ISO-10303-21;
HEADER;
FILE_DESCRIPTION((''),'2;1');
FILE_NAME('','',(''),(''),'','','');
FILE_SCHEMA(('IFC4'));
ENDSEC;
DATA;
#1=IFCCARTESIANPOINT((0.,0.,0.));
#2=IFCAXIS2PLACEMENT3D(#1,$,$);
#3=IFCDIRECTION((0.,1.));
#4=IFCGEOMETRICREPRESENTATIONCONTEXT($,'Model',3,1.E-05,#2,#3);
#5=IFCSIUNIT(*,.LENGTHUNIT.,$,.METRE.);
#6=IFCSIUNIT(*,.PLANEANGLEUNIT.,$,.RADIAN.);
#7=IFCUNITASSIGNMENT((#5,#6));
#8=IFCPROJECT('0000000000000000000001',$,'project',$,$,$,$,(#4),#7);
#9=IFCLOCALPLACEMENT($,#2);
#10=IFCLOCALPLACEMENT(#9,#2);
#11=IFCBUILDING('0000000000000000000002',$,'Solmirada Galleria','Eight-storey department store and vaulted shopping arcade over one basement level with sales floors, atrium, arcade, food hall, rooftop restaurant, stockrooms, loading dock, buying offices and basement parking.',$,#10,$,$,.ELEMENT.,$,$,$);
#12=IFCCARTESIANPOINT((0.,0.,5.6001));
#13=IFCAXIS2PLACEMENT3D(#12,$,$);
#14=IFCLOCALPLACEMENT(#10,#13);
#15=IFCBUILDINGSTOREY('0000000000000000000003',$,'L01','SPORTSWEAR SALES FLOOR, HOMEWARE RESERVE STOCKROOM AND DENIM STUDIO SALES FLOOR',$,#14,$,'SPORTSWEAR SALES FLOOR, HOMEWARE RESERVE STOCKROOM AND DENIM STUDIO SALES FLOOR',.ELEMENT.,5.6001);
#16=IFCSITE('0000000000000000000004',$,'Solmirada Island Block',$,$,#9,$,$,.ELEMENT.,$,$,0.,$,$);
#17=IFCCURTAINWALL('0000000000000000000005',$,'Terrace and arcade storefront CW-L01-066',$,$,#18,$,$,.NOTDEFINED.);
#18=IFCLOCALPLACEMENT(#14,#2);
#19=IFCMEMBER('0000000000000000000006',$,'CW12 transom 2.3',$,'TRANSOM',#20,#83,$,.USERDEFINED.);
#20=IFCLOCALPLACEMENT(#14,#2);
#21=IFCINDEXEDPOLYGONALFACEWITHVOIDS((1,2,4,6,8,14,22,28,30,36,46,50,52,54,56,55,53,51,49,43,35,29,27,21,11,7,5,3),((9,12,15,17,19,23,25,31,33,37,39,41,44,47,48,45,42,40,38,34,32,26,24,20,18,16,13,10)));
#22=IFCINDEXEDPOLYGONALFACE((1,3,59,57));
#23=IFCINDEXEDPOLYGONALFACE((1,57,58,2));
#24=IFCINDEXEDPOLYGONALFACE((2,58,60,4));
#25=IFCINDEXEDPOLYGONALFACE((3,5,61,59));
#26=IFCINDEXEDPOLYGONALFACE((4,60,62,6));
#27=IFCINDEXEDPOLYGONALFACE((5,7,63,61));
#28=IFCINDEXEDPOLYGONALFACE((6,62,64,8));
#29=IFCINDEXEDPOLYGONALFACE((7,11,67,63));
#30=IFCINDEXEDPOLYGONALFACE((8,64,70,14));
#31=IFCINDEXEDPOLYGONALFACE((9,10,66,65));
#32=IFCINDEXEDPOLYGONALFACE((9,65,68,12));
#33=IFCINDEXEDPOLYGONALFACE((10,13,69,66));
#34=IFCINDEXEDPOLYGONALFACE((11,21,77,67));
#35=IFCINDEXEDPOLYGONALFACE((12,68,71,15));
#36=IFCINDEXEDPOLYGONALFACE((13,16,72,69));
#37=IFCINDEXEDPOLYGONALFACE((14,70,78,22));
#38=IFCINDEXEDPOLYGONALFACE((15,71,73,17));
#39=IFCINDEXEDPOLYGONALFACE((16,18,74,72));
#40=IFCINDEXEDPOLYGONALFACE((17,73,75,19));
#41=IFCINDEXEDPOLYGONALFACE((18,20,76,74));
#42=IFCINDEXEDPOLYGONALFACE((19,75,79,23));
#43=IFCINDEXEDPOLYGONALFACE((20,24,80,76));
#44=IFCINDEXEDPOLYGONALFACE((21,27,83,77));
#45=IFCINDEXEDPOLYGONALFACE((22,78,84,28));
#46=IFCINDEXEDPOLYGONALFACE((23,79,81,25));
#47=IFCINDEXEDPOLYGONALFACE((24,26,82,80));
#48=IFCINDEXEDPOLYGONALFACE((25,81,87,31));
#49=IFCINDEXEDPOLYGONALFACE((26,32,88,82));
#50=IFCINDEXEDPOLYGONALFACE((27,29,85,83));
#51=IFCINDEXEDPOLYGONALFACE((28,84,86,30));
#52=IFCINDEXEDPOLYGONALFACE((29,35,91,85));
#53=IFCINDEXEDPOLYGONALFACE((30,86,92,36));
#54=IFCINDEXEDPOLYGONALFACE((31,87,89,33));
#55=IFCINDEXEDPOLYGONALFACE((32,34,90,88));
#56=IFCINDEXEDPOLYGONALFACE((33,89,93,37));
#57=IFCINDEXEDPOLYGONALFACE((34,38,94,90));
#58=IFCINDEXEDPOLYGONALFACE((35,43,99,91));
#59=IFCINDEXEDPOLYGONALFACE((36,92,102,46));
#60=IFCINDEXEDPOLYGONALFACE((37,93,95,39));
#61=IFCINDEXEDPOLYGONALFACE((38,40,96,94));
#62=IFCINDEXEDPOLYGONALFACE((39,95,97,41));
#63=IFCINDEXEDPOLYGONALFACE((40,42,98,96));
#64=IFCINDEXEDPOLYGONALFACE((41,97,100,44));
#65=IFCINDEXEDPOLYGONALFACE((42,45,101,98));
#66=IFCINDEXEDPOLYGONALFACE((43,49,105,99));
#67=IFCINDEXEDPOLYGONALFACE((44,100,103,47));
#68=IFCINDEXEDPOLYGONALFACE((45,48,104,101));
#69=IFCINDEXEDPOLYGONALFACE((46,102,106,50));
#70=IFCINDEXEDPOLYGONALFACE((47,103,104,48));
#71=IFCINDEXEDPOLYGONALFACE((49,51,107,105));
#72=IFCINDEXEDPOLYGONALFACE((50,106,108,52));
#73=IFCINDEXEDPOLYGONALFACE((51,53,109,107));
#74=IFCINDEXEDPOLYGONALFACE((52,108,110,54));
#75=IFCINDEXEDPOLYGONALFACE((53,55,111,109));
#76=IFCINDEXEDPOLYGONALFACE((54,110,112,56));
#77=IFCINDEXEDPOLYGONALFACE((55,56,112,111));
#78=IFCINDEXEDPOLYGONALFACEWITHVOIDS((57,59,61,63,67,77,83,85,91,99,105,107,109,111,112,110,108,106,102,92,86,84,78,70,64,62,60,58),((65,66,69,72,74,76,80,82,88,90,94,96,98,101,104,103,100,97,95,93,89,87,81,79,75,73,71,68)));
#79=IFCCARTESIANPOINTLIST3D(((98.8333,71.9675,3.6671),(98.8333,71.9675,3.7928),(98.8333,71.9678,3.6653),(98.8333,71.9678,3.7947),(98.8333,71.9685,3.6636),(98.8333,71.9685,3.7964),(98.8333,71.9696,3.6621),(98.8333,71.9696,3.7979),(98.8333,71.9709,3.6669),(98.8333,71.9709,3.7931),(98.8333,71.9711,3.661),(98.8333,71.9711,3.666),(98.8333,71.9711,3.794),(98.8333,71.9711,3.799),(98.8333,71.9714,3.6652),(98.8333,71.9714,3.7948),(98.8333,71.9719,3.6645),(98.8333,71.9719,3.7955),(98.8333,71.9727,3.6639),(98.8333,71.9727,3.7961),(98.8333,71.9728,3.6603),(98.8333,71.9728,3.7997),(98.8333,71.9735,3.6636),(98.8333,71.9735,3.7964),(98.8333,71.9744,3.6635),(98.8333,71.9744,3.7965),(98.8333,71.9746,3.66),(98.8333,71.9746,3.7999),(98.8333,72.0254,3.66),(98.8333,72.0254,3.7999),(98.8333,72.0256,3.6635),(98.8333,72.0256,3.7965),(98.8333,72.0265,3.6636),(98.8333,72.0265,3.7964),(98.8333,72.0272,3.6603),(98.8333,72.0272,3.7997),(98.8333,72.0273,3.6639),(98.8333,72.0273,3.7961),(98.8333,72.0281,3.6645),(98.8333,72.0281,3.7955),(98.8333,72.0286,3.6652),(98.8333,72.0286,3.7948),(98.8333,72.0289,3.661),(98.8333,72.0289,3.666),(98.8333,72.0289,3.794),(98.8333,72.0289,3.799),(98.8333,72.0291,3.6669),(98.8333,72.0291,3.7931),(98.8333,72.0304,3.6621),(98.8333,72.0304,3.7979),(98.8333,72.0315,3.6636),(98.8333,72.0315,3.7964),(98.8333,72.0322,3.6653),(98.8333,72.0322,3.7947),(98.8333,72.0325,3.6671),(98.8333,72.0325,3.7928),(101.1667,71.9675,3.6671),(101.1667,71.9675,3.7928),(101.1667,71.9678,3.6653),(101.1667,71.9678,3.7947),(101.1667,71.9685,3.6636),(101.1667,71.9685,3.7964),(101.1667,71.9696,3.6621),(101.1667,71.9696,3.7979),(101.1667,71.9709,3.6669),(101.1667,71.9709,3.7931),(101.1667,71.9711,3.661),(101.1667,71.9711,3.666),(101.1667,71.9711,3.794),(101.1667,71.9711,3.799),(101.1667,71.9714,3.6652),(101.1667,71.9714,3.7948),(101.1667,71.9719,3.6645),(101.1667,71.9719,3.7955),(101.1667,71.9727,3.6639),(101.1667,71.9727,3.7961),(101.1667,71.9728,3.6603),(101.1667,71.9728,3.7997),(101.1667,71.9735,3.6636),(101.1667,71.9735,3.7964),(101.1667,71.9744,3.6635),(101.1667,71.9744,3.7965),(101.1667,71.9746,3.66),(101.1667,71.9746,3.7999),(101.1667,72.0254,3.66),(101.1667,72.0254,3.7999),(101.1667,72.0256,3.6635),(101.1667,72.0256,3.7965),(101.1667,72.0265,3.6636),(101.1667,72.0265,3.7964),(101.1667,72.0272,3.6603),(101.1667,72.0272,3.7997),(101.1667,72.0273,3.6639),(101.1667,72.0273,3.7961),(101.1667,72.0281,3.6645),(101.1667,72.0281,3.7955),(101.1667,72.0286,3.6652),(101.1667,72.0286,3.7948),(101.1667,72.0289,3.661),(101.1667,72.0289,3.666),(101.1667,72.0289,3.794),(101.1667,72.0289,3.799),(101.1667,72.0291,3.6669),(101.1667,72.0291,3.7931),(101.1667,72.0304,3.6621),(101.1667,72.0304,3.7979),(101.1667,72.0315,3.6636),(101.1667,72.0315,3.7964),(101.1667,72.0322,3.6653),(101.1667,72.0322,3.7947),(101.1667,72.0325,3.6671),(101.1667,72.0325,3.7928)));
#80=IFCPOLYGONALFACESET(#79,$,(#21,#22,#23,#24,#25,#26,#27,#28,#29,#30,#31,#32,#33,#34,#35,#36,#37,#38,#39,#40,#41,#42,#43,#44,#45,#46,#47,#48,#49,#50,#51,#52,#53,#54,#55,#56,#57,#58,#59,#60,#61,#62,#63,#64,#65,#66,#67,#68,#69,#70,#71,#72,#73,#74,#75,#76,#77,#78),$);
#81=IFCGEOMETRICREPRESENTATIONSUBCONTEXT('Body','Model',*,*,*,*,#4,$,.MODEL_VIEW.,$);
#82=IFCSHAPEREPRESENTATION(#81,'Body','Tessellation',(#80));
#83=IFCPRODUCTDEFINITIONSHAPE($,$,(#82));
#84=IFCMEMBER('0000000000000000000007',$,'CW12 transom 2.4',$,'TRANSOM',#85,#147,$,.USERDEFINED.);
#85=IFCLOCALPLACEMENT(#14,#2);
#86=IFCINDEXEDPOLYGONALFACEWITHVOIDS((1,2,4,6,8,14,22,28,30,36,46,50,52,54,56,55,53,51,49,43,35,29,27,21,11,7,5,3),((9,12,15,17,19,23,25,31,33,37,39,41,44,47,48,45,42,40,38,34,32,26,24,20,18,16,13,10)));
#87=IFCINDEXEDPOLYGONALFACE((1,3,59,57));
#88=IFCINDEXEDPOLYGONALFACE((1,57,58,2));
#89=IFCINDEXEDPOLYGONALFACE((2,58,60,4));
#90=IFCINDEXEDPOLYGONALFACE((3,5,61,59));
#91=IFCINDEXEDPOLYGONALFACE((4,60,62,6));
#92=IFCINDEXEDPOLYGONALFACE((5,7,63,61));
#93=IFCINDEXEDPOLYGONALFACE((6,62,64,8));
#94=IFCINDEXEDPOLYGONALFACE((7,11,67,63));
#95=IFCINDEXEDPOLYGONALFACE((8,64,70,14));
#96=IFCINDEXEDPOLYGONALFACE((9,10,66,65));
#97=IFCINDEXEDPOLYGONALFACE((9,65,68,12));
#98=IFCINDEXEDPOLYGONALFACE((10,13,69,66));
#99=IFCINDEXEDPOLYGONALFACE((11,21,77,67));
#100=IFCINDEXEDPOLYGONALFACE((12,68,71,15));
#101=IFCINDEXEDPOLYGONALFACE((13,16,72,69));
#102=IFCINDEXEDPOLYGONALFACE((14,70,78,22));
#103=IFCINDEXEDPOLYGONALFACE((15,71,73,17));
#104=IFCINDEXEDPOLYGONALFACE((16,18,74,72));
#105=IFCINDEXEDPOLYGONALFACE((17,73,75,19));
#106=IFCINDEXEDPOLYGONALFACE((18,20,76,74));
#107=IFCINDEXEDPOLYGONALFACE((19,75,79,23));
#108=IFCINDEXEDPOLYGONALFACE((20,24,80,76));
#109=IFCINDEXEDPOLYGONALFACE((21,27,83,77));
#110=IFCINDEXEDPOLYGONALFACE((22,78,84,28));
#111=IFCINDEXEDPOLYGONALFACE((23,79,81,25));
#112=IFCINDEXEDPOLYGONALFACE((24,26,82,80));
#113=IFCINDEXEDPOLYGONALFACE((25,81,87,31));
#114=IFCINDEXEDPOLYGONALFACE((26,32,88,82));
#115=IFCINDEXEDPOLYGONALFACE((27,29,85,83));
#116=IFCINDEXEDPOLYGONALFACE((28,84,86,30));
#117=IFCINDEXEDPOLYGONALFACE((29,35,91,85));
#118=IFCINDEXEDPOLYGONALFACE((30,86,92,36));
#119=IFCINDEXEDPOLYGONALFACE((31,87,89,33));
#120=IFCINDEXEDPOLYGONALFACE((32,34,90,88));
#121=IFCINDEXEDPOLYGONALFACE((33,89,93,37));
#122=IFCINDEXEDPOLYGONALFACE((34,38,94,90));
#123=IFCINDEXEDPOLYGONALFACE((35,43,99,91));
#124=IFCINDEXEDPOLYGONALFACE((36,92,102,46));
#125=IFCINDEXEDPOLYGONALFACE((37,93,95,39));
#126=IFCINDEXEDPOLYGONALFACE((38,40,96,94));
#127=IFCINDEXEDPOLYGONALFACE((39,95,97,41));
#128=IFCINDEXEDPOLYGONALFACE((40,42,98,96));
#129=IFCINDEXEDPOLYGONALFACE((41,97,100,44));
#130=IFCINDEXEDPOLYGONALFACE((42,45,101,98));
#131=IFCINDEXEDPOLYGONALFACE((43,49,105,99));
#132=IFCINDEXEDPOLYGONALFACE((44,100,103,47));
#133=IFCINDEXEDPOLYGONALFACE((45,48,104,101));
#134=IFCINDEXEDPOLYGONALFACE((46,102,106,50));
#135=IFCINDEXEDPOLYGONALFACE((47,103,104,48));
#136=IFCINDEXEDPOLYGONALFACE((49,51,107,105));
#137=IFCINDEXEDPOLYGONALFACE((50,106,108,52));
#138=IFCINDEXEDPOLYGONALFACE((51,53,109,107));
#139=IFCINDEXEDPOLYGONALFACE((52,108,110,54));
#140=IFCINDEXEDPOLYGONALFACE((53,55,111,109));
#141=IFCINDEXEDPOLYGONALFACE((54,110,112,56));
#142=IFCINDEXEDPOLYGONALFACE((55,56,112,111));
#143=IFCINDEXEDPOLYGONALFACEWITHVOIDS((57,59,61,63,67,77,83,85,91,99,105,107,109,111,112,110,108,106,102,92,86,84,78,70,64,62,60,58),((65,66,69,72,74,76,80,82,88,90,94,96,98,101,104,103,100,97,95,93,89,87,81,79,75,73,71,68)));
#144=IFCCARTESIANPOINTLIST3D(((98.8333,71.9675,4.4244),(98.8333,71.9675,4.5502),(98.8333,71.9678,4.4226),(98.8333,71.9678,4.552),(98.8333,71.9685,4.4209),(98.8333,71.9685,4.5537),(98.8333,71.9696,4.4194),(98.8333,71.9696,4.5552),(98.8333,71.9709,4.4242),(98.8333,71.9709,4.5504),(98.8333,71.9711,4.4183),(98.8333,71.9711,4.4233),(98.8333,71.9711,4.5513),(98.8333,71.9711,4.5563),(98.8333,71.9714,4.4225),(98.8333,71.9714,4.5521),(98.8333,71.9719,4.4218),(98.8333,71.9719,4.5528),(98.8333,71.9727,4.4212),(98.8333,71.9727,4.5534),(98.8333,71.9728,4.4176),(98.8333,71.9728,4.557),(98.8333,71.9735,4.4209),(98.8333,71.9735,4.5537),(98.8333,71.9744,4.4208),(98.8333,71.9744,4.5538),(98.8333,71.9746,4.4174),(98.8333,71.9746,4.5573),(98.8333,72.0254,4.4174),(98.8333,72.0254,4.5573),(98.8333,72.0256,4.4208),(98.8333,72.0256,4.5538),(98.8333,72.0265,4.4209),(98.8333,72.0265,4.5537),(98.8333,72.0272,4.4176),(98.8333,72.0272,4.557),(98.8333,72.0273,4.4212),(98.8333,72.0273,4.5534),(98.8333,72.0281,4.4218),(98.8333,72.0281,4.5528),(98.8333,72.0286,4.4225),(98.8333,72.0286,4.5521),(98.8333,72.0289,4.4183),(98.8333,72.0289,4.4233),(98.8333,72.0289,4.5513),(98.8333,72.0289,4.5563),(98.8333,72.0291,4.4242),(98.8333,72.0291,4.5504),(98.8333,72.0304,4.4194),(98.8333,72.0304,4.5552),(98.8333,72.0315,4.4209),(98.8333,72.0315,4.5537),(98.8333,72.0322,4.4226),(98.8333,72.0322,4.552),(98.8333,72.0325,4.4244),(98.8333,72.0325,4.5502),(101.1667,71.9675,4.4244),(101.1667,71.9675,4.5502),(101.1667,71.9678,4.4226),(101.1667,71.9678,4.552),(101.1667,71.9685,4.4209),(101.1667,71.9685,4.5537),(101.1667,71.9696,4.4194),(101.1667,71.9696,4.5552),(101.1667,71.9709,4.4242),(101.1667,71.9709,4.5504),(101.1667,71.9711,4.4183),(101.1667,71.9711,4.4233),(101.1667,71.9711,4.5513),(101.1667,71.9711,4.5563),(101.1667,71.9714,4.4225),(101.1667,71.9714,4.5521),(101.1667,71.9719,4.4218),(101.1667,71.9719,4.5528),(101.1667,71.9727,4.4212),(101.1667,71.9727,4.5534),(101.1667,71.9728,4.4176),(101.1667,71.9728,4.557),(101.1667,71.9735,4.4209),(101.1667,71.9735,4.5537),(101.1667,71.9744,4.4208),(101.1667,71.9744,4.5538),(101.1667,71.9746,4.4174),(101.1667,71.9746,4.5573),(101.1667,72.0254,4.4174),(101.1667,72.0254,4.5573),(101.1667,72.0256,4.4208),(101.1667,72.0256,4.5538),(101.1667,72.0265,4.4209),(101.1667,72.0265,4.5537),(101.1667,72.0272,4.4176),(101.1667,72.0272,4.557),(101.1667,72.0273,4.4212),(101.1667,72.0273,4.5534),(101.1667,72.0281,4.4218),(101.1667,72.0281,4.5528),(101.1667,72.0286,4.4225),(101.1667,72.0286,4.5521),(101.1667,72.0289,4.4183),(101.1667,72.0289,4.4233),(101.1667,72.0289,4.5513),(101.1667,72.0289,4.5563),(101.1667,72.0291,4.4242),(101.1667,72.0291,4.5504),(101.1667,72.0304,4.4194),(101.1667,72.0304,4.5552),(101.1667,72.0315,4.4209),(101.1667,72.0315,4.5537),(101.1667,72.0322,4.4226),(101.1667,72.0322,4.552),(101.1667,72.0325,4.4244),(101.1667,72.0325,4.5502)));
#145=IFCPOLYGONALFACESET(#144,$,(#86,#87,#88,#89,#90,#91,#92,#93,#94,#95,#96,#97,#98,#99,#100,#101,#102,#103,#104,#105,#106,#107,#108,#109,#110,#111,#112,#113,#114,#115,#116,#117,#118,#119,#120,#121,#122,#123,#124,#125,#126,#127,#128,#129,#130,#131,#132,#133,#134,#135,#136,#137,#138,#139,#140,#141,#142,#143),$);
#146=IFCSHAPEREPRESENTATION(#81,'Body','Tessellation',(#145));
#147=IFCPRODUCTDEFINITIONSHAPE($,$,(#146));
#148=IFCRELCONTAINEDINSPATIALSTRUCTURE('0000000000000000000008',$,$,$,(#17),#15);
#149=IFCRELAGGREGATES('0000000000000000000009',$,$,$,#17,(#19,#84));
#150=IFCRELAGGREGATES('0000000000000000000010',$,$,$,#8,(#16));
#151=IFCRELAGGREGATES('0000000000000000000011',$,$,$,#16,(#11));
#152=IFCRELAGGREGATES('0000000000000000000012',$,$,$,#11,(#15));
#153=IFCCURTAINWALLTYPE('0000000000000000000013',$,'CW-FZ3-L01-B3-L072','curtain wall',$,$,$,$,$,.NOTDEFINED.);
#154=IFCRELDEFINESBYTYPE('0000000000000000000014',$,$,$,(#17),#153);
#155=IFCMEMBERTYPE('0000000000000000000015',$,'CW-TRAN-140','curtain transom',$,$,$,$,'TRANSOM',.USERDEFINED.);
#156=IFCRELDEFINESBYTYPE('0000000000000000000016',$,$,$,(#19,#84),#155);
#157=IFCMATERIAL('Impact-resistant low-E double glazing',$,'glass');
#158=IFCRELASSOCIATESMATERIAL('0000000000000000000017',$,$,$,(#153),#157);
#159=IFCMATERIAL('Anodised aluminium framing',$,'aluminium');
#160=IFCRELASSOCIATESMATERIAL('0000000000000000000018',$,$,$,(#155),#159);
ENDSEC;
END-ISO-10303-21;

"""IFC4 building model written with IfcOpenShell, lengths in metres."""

from ifc_helpers import new_model, si_unit, direction, frame, origin, origin_2d, place, context, subcontext, project, spatial, hollow_rectangle, extrude, material, material_profile, profile_set, type_object, element, aggregate, save


model = new_model("IFC4")

# Units and contexts
model_context = context("Model", 3, precision=1e-05, world=origin(), true_north=direction((0.0, 1.0)))
body_context = subcontext(model_context, "Body", "Model", "MODEL_VIEW")
ifc_project = project(units=[si_unit("LENGTHUNIT", "METRE"), si_unit("PLANEANGLEUNIT", "RADIAN")], contexts=[model_context])

# Site, building, storey
site_placement = place(None, origin())
site = spatial("IfcSite", under=ifc_project, at=site_placement, Name="Solmirada Island Block", CompositionType="ELEMENT", RefElevation=0.0)
building_placement = place(site_placement, origin())
building = spatial("IfcBuilding", under=site, at=building_placement, Name="Solmirada Galleria", Description="Eight-storey department store and vaulted shopping arcade over one basement level with sales floors, atrium, arcade, food hall, rooftop restaurant, stockrooms, loading dock, buying offices and basement parking.", CompositionType="ELEMENT")
storey_placement = place(building_placement, frame((0.0, 0.0, 5.6001)))
storey = spatial("IfcBuildingStorey", under=building, at=storey_placement, Name="L01", Description="SPORTSWEAR SALES FLOOR, HOMEWARE RESERVE STOCKROOM AND DENIM STUDIO SALES FLOOR", LongName="SPORTSWEAR SALES FLOOR, HOMEWARE RESERVE STOCKROOM AND DENIM STUDIO SALES FLOOR", CompositionType="ELEMENT", Elevation=5.6001)

# Curtain wall, members
ifc_material_1 = material(Name="Impact-resistant low-E double glazing", Category="glass")
curtain_wall_type = type_object("IfcCurtainWallType", Name="CW-FZ3-L01-B3-L072", Description="curtain wall", PredefinedType="NOTDEFINED", material=ifc_material_1)
curtain_wall_placement = place(storey_placement, origin())
curtain_wall = element("IfcCurtainWall", 1, at=curtain_wall_placement, inside=storey, type_object=curtain_wall_type, Name="Terrace and arcade storefront CW-L01-066", PredefinedType="NOTDEFINED")
ifc_material_2 = material(Name="Anodised aluminium framing", Category="aluminium")
ifc_material_profile_1 = material_profile(ifc_material_2, hollow_rectangle(XDim=0.0649, YDim=0.1399, WallThickness=0.0034, InnerFilletRadius=0.0034, OuterFilletRadius=0.0071, at=origin_2d()), Name="ALU-TRAN-140X65")
ifc_profile_set_1 = profile_set([ifc_material_profile_1], Name="Anodised aluminium framing")
member_type_1 = type_object("IfcMemberType", Name="CW-TRAN-140", Description="curtain transom", ElementType="TRANSOM", PredefinedType="USERDEFINED", material=ifc_profile_set_1)
member_1_placement = place(storey_placement, frame((98.8333, 72.0, 3.73), z_axis=(1.0, 0.0, 0.0), x_axis=(0.0, 1.0, 0.0)))
member_1 = element("IfcMember", 2, at=member_1_placement, type_object=member_type_1, Name="CW12 transom 2.3", ObjectType="TRANSOM", PredefinedType="USERDEFINED", context=body_context, shape_type="SweptSolid", body=[
    extrude(hollow_rectangle(XDim=0.0649, YDim=0.1399, WallThickness=0.0034, InnerFilletRadius=0.0034, OuterFilletRadius=0.0071, at=origin_2d()), origin(), (0.0, 0.0, 1.0), 2.3335),
])
member_2_placement = place(storey_placement, frame((98.8333, 72.0, 4.4873), z_axis=(1.0, 0.0, 0.0), x_axis=(0.0, 1.0, 0.0)))
member_2 = element("IfcMember", 3, at=member_2_placement, type_object=member_type_1, Name="CW12 transom 2.4", ObjectType="TRANSOM", PredefinedType="USERDEFINED", context=body_context, shape_type="SweptSolid", body=[
    extrude(hollow_rectangle(XDim=0.0649, YDim=0.1399, WallThickness=0.0034, InnerFilletRadius=0.0034, OuterFilletRadius=0.0071, at=origin_2d()), origin(), (0.0, 0.0, 1.0), 2.3335),
])
aggregate(curtain_wall, [member_1, member_2])

save(model, "model.ifc")
